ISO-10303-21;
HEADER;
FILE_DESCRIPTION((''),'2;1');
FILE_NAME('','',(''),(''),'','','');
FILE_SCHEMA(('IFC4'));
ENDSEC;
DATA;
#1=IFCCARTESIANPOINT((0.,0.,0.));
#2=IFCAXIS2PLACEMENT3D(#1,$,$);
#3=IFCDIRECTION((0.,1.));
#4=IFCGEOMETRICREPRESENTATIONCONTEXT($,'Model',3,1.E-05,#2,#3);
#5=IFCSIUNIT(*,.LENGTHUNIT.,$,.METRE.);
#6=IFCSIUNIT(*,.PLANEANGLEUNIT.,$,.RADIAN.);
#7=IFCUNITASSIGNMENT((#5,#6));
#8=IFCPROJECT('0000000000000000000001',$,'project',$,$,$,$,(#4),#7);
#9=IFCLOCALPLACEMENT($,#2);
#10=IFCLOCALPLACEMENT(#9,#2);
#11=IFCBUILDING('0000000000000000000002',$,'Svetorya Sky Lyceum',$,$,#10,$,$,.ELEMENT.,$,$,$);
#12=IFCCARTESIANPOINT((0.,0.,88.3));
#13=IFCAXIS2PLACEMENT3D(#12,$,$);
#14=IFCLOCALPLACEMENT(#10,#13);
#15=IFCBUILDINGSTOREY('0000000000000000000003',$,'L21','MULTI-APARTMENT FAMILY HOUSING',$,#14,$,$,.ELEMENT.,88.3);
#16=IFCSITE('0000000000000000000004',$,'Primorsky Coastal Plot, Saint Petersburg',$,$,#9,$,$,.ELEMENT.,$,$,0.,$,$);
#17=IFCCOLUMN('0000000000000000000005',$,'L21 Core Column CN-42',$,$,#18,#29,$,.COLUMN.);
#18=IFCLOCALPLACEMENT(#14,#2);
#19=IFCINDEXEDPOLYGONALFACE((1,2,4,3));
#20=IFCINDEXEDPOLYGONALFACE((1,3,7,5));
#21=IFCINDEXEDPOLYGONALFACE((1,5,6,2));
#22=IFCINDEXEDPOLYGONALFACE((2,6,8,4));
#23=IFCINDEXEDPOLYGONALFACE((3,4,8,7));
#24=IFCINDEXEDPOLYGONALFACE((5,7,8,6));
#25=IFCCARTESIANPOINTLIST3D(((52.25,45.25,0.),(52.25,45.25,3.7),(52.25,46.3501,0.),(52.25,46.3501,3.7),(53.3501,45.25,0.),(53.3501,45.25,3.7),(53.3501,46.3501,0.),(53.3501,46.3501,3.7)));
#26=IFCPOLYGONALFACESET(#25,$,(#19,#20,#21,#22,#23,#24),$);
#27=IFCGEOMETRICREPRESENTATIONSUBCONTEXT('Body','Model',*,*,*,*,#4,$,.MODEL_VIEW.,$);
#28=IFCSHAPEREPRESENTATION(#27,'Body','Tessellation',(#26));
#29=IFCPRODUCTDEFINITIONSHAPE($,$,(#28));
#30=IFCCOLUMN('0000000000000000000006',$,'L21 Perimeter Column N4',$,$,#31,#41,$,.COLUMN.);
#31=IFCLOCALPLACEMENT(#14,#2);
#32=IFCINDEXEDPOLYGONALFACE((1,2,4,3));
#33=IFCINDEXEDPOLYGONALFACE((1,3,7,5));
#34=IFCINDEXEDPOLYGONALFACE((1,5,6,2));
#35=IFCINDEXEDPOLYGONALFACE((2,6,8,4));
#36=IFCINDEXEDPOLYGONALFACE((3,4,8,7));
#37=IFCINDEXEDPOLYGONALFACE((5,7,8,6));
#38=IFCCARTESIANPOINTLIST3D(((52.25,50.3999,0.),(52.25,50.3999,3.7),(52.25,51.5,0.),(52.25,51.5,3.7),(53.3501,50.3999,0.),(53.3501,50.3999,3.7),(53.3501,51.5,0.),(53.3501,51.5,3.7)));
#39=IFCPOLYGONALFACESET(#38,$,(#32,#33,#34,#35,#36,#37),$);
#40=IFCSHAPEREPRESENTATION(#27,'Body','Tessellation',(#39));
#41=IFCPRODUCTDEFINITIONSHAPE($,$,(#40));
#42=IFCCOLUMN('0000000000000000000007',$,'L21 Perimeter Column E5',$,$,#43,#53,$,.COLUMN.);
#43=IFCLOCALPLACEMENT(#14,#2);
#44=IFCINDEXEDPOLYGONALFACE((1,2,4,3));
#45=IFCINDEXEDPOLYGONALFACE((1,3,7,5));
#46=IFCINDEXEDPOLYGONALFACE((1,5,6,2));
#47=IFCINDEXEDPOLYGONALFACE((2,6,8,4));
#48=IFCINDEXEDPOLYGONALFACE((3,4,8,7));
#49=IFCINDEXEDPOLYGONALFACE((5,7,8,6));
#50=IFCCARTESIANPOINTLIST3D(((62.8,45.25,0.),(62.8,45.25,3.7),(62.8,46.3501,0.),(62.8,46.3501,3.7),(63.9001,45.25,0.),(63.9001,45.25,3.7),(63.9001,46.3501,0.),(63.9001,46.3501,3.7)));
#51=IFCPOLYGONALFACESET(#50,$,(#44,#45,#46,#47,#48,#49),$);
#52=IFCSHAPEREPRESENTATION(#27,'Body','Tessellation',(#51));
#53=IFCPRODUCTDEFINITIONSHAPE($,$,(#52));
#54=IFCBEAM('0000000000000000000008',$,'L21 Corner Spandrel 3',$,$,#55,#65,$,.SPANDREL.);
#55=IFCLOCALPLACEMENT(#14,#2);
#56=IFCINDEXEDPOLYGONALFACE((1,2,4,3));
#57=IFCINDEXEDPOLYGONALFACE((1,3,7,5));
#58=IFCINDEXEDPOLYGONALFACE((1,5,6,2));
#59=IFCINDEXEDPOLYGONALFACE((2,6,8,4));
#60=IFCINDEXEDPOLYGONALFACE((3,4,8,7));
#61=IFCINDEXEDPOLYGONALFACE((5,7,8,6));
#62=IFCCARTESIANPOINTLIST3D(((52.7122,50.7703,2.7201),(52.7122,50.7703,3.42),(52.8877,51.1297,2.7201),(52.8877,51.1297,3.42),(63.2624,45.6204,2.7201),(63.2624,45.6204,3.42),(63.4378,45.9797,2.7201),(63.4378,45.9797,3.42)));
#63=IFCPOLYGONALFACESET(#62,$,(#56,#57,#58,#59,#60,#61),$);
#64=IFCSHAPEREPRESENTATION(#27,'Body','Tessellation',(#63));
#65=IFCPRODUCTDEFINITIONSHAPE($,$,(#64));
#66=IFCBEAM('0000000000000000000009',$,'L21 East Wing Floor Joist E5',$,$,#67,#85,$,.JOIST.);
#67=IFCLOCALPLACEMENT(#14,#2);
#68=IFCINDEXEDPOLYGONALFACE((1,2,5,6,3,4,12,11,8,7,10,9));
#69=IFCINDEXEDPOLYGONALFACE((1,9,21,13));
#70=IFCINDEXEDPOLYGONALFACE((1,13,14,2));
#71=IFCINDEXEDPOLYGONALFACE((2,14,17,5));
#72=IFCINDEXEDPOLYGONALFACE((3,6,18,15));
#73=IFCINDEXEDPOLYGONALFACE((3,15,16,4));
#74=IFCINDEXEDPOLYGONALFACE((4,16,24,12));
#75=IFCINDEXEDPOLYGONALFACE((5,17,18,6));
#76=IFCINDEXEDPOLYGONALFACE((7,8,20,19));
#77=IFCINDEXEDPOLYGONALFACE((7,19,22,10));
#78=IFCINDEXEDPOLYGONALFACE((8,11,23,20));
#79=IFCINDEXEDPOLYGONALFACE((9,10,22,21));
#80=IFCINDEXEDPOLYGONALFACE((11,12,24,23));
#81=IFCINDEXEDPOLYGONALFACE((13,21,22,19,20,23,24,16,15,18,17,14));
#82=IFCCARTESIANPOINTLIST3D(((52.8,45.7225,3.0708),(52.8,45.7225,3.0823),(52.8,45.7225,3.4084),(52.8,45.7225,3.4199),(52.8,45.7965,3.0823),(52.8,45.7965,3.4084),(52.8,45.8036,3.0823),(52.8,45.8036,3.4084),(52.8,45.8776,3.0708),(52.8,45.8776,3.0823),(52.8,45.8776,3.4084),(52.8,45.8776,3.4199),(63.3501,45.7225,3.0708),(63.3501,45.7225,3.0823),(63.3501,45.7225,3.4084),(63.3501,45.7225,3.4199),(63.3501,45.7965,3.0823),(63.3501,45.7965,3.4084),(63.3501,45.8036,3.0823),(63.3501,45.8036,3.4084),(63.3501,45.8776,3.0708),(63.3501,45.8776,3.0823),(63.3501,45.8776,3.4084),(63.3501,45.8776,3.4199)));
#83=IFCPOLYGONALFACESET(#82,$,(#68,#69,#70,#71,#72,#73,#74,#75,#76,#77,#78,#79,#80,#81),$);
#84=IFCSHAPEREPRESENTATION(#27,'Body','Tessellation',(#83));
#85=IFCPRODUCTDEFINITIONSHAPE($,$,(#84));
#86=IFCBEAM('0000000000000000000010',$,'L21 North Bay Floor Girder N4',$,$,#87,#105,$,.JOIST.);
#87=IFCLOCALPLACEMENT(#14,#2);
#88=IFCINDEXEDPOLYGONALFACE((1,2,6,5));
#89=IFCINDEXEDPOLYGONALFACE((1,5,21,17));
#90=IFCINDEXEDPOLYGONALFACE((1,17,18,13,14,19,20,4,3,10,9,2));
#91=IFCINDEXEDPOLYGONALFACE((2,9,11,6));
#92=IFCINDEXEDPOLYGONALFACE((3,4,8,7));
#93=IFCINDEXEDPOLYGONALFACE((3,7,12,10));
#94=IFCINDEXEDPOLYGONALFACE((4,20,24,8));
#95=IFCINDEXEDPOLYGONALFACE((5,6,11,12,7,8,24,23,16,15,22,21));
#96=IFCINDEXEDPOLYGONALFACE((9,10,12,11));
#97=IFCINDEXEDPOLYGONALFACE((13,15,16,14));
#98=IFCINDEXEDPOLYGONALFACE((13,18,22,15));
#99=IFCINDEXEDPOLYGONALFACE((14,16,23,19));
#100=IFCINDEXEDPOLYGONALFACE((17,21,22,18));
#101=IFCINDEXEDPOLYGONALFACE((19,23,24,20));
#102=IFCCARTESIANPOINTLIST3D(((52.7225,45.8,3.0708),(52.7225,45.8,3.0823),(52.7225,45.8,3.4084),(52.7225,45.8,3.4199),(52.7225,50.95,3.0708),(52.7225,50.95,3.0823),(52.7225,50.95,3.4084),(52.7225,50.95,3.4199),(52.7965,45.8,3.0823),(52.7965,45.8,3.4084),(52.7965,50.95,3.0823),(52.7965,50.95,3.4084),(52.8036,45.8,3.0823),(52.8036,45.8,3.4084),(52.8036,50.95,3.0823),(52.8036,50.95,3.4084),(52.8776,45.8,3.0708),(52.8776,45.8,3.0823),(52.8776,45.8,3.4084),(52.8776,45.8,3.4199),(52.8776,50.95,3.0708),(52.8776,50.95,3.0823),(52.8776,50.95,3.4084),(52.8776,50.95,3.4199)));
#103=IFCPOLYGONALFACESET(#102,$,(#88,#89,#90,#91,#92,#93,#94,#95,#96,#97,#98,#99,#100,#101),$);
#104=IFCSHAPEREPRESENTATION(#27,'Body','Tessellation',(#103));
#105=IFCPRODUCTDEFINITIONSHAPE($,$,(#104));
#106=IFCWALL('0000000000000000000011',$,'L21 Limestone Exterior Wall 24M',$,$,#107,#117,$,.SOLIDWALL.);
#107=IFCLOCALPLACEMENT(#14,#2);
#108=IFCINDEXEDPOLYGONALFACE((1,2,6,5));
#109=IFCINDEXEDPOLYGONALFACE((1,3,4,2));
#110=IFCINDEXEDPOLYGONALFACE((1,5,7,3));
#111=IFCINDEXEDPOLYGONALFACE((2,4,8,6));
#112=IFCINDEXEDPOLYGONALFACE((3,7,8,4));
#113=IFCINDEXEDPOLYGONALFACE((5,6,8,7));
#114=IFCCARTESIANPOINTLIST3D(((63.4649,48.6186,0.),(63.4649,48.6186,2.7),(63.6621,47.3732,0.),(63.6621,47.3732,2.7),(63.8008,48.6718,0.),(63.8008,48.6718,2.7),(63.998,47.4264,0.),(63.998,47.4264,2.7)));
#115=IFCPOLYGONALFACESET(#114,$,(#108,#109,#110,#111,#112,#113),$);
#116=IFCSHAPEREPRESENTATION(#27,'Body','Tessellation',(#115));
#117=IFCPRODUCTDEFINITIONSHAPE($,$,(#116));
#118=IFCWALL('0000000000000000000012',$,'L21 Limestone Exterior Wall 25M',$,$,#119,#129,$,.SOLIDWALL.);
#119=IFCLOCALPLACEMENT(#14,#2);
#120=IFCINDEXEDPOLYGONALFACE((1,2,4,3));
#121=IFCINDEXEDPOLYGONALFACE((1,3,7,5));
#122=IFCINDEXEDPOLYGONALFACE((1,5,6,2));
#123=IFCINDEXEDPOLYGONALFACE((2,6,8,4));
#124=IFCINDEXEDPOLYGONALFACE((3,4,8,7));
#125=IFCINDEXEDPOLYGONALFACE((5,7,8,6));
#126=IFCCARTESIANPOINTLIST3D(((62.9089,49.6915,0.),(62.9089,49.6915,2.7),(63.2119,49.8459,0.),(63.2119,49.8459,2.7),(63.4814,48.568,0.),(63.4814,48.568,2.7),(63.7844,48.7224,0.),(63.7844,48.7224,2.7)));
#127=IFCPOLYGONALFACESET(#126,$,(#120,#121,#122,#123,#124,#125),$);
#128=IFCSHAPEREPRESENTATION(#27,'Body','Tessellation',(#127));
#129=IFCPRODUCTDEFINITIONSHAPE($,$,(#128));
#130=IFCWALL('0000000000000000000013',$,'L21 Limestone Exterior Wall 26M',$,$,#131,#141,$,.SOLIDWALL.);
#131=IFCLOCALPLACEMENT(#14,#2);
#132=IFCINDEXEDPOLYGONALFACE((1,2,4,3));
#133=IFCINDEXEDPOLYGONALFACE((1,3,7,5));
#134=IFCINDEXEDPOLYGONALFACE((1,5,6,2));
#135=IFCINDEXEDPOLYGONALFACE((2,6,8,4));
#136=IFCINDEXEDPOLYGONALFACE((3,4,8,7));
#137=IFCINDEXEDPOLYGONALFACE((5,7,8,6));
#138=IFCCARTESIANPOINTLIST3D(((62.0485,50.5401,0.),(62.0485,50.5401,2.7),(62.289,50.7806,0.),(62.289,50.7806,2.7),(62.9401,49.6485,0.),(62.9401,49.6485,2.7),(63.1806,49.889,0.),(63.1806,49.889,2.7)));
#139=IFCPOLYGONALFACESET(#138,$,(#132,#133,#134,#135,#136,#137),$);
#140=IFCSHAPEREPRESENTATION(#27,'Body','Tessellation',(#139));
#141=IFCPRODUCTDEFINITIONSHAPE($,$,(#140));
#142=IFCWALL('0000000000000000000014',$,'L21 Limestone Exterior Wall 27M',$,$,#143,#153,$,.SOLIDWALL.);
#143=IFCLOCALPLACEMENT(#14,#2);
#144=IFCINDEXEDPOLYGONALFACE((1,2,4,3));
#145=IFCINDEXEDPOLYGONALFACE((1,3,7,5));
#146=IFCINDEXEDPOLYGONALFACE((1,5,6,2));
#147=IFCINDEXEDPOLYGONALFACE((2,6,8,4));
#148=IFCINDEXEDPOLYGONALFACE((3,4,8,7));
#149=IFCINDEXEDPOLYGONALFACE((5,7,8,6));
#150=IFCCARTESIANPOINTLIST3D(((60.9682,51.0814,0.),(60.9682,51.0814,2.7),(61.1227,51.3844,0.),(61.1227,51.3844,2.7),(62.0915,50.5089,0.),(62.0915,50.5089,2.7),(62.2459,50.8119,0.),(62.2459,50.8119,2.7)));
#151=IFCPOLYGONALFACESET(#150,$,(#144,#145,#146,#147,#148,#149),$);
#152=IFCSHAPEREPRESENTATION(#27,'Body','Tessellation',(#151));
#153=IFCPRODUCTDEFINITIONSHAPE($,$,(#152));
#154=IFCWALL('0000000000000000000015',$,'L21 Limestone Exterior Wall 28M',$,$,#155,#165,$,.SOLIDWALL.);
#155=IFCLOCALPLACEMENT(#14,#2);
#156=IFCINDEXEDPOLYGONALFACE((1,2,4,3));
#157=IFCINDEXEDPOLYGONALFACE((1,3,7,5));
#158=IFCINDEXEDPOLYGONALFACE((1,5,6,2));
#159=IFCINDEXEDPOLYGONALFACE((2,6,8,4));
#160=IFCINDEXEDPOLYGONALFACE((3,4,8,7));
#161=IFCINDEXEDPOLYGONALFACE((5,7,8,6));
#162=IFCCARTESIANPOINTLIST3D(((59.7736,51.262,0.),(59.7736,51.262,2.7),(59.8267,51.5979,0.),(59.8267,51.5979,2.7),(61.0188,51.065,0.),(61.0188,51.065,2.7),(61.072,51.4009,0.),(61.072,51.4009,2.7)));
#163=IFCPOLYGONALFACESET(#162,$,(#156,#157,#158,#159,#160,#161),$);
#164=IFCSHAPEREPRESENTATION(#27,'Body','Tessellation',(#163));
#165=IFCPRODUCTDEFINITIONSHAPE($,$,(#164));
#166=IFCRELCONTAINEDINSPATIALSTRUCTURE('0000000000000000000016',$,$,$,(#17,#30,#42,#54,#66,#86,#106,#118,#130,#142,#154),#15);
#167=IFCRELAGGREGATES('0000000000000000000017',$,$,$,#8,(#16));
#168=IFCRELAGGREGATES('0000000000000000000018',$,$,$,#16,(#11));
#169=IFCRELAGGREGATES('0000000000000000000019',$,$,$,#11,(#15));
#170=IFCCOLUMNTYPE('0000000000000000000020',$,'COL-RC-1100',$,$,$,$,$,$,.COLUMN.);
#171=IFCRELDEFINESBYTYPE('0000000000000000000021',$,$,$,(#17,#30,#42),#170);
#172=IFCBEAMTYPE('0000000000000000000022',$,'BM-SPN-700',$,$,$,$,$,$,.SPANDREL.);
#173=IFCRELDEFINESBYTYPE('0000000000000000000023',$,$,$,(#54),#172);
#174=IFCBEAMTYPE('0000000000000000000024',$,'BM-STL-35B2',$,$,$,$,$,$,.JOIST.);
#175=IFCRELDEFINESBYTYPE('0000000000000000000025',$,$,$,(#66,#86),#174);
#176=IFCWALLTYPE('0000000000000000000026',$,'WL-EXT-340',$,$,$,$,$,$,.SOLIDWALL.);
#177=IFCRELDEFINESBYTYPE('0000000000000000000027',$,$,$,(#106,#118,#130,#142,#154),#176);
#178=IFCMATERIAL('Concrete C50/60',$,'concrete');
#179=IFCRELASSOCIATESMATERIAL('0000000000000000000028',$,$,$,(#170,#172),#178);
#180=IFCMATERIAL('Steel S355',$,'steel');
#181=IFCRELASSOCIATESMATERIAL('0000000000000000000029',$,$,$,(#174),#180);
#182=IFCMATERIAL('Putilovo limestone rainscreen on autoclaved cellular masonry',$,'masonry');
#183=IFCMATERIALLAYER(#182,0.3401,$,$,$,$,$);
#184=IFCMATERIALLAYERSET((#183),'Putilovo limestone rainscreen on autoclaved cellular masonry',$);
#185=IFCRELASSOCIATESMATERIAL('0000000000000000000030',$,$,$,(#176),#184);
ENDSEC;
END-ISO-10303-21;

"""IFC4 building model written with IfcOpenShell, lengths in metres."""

from ifc_helpers import new_model, si_unit, direction, frame, frame_2d, origin, origin_2d, place, context, subcontext, project, spatial, rectangle, i_section, extrude, material, layer, layer_set, material_profile, profile_set, type_object, element, save


model = new_model("IFC4")

# Units and contexts
model_context = context("Model", 3, precision=1e-05, world=origin(), true_north=direction((0.0, 1.0)))
body_context = subcontext(model_context, "Body", "Model", "MODEL_VIEW")
ifc_project = project(units=[si_unit("LENGTHUNIT", "METRE"), si_unit("PLANEANGLEUNIT", "RADIAN")], contexts=[model_context])

# Site, building, storey
site_placement = place(None, origin())
site = spatial("IfcSite", under=ifc_project, at=site_placement, Name="Primorsky Coastal Plot, Saint Petersburg", CompositionType="ELEMENT", RefElevation=0.0)
building_placement = place(site_placement, origin())
building = spatial("IfcBuilding", under=site, at=building_placement, Name="Svetorya Sky Lyceum", CompositionType="ELEMENT")
storey_placement = place(building_placement, frame((0.0, 0.0, 88.3)))
storey = spatial("IfcBuildingStorey", under=building, at=storey_placement, Name="L21", Description="MULTI-APARTMENT FAMILY HOUSING", CompositionType="ELEMENT", Elevation=88.3)

# Columns
ifc_material_1 = material(Name="Concrete C50/60", Category="concrete")
ifc_material_profile_1 = material_profile(ifc_material_1, rectangle(XDim=1.1001, YDim=1.1001, at=origin_2d()), Name="RC COL 1100x1100")
ifc_profile_set_1 = profile_set([ifc_material_profile_1], Name="Concrete C50/60")
column_type = type_object("IfcColumnType", Name="COL-RC-1100", PredefinedType="COLUMN", material=ifc_profile_set_1)
for number, where, z_axis, x_axis, name in (
    (1, (52.8, 45.8, 0.0), (0.0, 0.0, 1.0), (1.0, 0.0, 0.0), "L21 Core Column CN-42"),
    (2, (52.8, 50.95, 0.0), (0.0, 0.0, 1.0), (1.0, 0.0, 0.0), "L21 Perimeter Column N4"),
    (3, (63.3501, 45.8, 0.0), (0.0, 0.0, 1.0), (1.0, 0.0, 0.0), "L21 Perimeter Column E5"),
):
    element("IfcColumn", number, at=place(storey_placement, frame(where, z_axis=z_axis, x_axis=x_axis)), inside=storey, type_object=column_type, Name=name, PredefinedType="COLUMN", context=body_context, shape_type="SweptSolid", body=[
        extrude(rectangle(XDim=1.1001, YDim=1.1001, at=origin_2d()), origin(), (0.0, 0.0, 1.0), 3.7),
    ])

# Beams
ifc_material_profile_2 = material_profile(ifc_material_1, rectangle(XDim=0.3999, YDim=0.7, at=origin_2d()), Name="RC SPANDREL 400x700")
ifc_profile_set_2 = profile_set([ifc_material_profile_2], Name="Concrete C50/60")
beam_type_1 = type_object("IfcBeamType", Name="BM-SPN-700", PredefinedType="SPANDREL", material=ifc_profile_set_2)
beam_1_placement = place(storey_placement, frame((63.3501, 45.8, 3.0701), z_axis=(-0.89865, 0.438667, 0.0), x_axis=(-0.438667, -0.89865, 0.0)))
element("IfcBeam", 4, at=beam_1_placement, inside=storey, type_object=beam_type_1, Name="L21 Corner Spandrel 3", PredefinedType="SPANDREL", context=body_context, shape_type="SweptSolid", body=[
    extrude(rectangle(XDim=0.3999, YDim=0.7, at=origin_2d()), origin(), (0.0, 0.0, 1.0), 11.74),
])
ifc_material_2 = material(Name="Steel S355", Category="steel")
ifc_material_profile_3 = material_profile(ifc_material_2, i_section(OverallWidth=0.155, OverallDepth=0.3491, WebThickness=0.0071, FlangeThickness=0.0115, at=origin_2d()), Name="GOST 35B2")
ifc_profile_set_3 = profile_set([ifc_material_profile_3], Name="Steel S355")
beam_type_2 = type_object("IfcBeamType", Name="BM-STL-35B2", PredefinedType="JOIST", material=ifc_profile_set_3)
beam_2_placement = place(storey_placement, frame((52.8, 45.8, 3.2454), z_axis=(1.0, 0.0, 0.0), x_axis=(0.0, 1.0, 0.0)))
element("IfcBeam", 5, at=beam_2_placement, inside=storey, type_object=beam_type_2, Name="L21 East Wing Floor Joist E5", PredefinedType="JOIST", context=body_context, shape_type="SweptSolid", body=[
    extrude(i_section(OverallWidth=0.155, OverallDepth=0.3491, WebThickness=0.0071, FlangeThickness=0.0115, at=origin_2d()), origin(), (0.0, 0.0, 1.0), 10.55),
])
beam_3_placement = place(storey_placement, frame((52.8, 45.8, 3.2454), z_axis=(0.0, 1.0, 0.0), x_axis=(-1.0, 0.0, 0.0)))
element("IfcBeam", 6, at=beam_3_placement, inside=storey, type_object=beam_type_2, Name="L21 North Bay Floor Girder N4", PredefinedType="JOIST", context=body_context, shape_type="SweptSolid", body=[
    extrude(i_section(OverallWidth=0.155, OverallDepth=0.3491, WebThickness=0.0071, FlangeThickness=0.0115, at=origin_2d()), origin(), (0.0, 0.0, 1.0), 5.1499),
])

# Walls
ifc_material_3 = material(Name="Putilovo limestone rainscreen on autoclaved cellular masonry", Category="masonry")
ifc_layer_1 = layer(ifc_material_3, 0.3401)
ifc_layer_set_1 = layer_set([ifc_layer_1], Name="Putilovo limestone rainscreen on autoclaved cellular masonry")
wall_type_1 = type_object("IfcWallType", Name="WL-EXT-340", PredefinedType="SOLIDWALL", material=ifc_layer_set_1)
for number, where, z_axis, x_axis, name in (
    (7, (63.8301, 47.3999, 0.0), (0.0, 0.0, 1.0), (-0.15645, 0.987686, 0.0), "L21 Limestone Exterior Wall 24M"),
    (8, (63.6328, 48.6453, 0.0), (0.0, 0.0, 1.0), (-0.454016, 0.890994, 0.0), "L21 Limestone Exterior Wall 25M"),
    (9, (63.0603, 49.7688, 0.0), (0.0, 0.0, 1.0), (-0.707107, 0.707107, 0.0), "L21 Limestone Exterior Wall 26M"),
):
    element("IfcWall", number, at=place(storey_placement, frame(where, z_axis=z_axis, x_axis=x_axis)), inside=storey, type_object=wall_type_1, Name=name, PredefinedType="SOLIDWALL", context=body_context, shape_type="SweptSolid", body=[
        extrude(rectangle(XDim=1.261, YDim=0.3401, at=frame_2d((0.6304, 0.0))), origin(), (0.0, 0.0, 1.0), 2.7),
    ])
for number, where, z_axis, x_axis, name in (
    (10, (62.1687, 50.6604, 0.0), (0.0, 0.0, 1.0), (-0.890954, 0.454094, 0.0), "L21 Limestone Exterior Wall 27M"),
    (11, (61.0454, 51.2329, 0.0), (0.0, 0.0, 1.0), (-0.987716, 0.156261, 0.0), "L21 Limestone Exterior Wall 28M"),
):
    element("IfcWall", number, at=place(storey_placement, frame(where, z_axis=z_axis, x_axis=x_axis)), inside=storey, type_object=wall_type_1, Name=name, PredefinedType="SOLIDWALL", context=body_context, shape_type="SweptSolid", body=[
        extrude(rectangle(XDim=1.2607, YDim=0.3401, at=frame_2d((0.6304, 0.0))), origin(), (0.0, 0.0, 1.0), 2.7),
    ])

save(model, "model.ifc")
